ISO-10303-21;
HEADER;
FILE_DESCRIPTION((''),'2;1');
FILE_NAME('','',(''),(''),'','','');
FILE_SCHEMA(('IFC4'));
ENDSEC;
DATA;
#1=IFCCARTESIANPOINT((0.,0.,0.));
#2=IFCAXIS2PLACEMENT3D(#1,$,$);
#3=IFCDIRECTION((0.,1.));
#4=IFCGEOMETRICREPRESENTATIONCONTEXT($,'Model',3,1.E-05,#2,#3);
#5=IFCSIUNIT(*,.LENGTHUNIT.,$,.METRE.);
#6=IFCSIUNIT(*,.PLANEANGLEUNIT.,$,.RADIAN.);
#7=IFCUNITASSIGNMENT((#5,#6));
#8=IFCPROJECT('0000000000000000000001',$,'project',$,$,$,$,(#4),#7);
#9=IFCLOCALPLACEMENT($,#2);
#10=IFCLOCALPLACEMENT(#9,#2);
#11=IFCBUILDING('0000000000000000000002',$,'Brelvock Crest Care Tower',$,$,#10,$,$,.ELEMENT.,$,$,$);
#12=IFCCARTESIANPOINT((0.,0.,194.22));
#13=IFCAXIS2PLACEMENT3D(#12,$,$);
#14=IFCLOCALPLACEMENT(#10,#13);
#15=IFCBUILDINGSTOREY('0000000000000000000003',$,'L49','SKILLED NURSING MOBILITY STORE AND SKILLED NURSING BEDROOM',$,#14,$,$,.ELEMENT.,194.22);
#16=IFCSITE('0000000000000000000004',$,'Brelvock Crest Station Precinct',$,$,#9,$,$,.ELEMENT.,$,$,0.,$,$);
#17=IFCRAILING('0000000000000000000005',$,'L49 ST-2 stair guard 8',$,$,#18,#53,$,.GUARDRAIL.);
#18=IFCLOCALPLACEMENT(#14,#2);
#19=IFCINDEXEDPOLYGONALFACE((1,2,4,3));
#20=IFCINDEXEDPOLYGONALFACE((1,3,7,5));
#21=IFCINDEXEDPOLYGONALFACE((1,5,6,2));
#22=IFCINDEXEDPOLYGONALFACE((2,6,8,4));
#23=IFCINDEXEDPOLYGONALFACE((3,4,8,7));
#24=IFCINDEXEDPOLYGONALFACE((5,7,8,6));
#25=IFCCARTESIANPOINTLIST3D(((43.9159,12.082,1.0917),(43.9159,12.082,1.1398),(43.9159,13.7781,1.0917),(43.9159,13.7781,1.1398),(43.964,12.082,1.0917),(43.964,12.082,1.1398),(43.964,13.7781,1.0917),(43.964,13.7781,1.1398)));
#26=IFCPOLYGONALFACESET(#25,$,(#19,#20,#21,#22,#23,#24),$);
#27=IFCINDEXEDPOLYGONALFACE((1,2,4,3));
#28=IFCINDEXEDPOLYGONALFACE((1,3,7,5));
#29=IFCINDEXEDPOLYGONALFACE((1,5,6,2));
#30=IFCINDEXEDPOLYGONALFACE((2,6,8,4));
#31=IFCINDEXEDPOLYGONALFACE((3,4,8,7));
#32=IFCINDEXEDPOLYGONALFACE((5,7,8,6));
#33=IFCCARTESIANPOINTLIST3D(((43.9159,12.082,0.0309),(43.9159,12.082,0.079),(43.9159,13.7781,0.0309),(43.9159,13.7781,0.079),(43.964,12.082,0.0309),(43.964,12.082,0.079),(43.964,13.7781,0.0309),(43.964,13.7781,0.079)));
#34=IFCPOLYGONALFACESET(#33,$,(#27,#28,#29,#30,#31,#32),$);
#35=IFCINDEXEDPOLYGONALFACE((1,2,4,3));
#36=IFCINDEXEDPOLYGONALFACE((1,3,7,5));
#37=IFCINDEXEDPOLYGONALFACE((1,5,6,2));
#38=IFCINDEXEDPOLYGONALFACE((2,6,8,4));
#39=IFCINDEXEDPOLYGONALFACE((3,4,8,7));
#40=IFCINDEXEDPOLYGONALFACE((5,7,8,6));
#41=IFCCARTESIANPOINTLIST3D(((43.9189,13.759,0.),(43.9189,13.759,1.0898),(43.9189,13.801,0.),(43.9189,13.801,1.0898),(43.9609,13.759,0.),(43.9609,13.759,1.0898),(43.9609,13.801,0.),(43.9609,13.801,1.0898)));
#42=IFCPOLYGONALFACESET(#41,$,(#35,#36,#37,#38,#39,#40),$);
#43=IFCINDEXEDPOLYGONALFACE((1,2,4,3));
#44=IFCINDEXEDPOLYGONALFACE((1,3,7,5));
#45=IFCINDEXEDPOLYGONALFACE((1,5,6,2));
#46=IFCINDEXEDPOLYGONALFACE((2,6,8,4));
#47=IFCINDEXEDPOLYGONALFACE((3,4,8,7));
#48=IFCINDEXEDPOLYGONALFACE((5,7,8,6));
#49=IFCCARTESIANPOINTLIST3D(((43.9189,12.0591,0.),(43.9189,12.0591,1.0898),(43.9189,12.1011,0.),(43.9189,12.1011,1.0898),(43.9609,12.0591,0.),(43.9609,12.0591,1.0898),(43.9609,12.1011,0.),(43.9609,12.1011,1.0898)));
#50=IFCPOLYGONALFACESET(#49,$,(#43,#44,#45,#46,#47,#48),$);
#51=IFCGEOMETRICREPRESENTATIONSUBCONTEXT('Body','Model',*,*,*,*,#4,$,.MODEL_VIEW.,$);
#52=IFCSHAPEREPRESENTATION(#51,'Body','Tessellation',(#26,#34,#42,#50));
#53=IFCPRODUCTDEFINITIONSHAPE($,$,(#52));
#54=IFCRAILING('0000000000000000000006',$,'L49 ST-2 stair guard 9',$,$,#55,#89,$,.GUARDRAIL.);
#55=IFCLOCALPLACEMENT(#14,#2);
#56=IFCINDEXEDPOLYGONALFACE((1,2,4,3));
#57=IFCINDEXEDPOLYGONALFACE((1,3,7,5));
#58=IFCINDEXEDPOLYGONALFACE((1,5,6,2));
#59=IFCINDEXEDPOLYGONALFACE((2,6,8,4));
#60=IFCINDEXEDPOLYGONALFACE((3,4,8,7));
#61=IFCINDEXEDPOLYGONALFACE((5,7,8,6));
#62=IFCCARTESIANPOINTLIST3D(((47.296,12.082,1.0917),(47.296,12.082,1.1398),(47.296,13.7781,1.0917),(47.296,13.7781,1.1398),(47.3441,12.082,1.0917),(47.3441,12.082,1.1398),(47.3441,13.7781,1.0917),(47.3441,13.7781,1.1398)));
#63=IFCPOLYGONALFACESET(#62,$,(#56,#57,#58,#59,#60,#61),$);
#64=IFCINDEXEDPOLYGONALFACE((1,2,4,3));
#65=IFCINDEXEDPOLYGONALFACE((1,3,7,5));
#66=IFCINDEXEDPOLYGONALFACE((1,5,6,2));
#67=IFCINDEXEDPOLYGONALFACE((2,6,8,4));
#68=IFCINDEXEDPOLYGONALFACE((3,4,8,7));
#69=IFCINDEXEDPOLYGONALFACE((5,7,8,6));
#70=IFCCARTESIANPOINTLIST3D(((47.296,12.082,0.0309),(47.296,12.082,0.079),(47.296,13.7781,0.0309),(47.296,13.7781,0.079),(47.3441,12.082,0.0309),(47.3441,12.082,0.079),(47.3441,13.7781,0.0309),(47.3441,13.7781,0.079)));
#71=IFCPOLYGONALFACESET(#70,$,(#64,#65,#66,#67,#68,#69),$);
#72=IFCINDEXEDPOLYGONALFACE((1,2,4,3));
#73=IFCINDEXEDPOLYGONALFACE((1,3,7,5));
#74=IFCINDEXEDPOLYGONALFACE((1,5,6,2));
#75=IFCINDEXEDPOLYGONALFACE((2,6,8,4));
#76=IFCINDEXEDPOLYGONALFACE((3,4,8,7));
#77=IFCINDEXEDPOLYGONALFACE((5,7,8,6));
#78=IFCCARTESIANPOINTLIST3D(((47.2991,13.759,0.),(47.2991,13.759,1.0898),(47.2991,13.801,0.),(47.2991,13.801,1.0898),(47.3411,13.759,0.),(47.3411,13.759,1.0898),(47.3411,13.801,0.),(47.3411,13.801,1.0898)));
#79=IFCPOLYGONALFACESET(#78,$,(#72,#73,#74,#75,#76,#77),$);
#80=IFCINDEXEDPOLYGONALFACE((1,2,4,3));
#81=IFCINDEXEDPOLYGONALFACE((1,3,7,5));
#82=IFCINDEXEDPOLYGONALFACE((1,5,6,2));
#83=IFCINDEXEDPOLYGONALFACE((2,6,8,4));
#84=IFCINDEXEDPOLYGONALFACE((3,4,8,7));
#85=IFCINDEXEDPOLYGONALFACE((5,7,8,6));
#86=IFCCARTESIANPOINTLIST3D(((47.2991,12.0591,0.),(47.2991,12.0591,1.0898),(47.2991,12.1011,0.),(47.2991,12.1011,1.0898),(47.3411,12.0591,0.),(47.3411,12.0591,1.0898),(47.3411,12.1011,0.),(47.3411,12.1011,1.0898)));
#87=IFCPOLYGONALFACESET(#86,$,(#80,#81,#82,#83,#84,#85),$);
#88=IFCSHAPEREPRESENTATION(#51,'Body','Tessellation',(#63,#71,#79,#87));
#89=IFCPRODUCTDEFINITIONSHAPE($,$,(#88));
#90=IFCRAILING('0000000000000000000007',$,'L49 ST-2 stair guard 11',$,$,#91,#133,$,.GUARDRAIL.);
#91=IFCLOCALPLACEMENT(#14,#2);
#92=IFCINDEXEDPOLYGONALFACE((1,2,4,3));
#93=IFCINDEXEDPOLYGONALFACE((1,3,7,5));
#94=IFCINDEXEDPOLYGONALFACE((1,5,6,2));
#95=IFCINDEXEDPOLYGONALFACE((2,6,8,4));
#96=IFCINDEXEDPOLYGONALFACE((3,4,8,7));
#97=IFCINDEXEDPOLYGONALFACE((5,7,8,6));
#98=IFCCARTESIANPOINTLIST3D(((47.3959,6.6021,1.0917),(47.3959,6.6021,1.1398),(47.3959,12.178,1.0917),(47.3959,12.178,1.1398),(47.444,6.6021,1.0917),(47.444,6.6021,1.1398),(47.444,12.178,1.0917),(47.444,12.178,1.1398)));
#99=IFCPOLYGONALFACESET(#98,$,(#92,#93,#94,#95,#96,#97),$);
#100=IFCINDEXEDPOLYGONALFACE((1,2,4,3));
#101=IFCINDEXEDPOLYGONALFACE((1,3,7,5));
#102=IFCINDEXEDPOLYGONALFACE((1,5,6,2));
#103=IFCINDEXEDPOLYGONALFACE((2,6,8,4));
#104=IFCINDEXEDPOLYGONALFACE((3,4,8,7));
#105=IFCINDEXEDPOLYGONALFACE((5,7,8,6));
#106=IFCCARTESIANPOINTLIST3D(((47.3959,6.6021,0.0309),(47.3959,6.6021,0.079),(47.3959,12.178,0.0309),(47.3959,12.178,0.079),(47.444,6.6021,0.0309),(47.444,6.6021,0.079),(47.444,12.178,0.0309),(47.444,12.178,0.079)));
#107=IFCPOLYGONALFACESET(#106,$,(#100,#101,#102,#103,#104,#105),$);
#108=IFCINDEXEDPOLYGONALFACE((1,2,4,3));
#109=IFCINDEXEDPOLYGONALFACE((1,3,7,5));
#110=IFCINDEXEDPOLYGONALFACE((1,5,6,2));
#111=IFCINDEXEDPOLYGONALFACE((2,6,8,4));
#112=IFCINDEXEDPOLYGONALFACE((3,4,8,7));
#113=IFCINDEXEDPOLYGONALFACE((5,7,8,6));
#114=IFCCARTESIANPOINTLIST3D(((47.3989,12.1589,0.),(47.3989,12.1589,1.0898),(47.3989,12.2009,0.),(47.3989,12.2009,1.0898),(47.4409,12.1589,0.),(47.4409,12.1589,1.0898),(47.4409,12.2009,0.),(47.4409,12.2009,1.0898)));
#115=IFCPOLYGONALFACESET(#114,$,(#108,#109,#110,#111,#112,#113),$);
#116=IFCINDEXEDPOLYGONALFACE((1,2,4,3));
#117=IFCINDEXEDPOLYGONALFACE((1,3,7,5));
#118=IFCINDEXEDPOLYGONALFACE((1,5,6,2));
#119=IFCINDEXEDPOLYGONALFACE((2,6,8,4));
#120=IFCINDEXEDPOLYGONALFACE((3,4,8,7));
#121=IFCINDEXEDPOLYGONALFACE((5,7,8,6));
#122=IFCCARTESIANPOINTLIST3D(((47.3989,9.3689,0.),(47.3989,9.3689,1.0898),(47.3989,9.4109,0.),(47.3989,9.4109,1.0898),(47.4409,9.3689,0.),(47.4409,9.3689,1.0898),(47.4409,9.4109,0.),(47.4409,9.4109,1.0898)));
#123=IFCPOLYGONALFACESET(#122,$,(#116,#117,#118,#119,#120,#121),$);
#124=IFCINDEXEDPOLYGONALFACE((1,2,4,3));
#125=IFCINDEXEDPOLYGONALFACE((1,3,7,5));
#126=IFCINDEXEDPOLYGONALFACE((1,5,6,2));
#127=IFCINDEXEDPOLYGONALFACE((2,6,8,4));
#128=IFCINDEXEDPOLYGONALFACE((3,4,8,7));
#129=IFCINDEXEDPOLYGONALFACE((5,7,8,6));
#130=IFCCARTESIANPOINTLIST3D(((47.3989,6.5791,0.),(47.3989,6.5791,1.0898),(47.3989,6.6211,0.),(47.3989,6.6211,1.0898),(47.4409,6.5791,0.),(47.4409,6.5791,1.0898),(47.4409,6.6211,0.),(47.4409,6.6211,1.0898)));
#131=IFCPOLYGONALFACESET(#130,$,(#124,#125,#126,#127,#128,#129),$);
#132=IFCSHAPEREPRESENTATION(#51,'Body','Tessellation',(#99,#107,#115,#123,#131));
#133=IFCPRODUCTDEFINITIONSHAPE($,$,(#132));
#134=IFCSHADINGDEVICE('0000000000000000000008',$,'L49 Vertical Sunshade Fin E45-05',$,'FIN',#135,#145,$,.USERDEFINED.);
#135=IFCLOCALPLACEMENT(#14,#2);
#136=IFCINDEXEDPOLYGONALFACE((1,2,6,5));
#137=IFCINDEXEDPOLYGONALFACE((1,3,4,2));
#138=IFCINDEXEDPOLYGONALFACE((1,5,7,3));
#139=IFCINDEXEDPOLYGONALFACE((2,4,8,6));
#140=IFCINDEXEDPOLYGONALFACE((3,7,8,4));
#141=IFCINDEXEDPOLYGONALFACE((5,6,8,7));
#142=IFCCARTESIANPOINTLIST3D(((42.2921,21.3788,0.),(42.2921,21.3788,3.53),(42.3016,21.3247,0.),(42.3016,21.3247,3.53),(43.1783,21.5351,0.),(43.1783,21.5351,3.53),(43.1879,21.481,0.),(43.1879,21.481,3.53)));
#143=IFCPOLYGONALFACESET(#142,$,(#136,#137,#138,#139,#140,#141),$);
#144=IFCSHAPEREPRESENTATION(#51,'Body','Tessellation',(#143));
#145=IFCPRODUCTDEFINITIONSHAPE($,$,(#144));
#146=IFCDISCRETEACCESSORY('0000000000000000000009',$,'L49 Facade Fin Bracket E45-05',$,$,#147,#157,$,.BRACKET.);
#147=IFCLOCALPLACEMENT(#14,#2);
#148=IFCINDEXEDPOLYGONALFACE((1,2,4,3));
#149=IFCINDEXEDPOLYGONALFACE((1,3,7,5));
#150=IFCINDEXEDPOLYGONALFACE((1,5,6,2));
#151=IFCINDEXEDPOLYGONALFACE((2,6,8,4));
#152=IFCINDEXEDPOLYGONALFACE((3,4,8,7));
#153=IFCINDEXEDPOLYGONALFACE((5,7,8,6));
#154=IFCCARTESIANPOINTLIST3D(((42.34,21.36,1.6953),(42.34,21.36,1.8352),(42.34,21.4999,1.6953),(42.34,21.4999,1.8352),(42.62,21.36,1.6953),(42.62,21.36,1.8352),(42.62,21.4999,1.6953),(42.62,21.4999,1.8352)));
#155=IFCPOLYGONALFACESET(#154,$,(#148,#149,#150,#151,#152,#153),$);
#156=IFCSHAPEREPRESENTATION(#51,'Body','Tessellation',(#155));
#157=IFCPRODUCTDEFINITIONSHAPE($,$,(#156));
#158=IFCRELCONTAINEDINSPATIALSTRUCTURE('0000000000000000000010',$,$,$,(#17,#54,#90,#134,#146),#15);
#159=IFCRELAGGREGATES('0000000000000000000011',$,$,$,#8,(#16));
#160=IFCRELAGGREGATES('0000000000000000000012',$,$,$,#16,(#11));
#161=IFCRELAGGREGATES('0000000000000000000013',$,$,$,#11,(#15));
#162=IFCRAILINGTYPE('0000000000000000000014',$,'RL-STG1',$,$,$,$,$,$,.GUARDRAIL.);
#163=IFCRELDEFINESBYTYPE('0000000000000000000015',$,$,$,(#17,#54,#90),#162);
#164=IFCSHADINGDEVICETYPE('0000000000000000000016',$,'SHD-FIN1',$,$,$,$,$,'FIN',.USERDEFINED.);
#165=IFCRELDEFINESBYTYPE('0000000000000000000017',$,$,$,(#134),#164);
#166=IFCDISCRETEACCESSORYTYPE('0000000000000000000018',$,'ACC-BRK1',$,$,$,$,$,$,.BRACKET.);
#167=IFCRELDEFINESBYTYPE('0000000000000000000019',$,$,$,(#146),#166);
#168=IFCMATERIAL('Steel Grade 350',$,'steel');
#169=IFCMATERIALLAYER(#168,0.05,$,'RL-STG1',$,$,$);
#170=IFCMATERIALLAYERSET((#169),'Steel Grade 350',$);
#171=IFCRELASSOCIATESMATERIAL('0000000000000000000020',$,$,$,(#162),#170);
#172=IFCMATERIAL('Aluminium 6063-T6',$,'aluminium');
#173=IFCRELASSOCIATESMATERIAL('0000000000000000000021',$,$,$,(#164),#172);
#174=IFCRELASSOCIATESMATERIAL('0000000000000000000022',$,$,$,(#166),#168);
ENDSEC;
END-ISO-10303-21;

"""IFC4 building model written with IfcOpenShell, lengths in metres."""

from ifc_helpers import new_model, si_unit, direction, frame, origin, origin_2d, place, context, subcontext, project, spatial, rectangle, extrude, source, transform, mapped, material, layer, layer_set, material_profile, profile_set, type_object, element, save


model = new_model("IFC4")

# Units and contexts
model_context = context("Model", 3, precision=1e-05, world=origin(), true_north=direction((0.0, 1.0)))
body_context = subcontext(model_context, "Body", "Model", "MODEL_VIEW")
ifc_project = project(units=[si_unit("LENGTHUNIT", "METRE"), si_unit("PLANEANGLEUNIT", "RADIAN")], contexts=[model_context])

# Site, building, storey
site_placement = place(None, origin())
site = spatial("IfcSite", under=ifc_project, at=site_placement, Name="Brelvock Crest Station Precinct", CompositionType="ELEMENT", RefElevation=0.0)
building_placement = place(site_placement, origin())
building = spatial("IfcBuilding", under=site, at=building_placement, Name="Brelvock Crest Care Tower", CompositionType="ELEMENT")
storey_placement = place(building_placement, frame((0.0, 0.0, 194.22)))
storey = spatial("IfcBuildingStorey", under=building, at=storey_placement, Name="L49", Description="SKILLED NURSING MOBILITY STORE AND SKILLED NURSING BEDROOM", CompositionType="ELEMENT", Elevation=194.22)

# Shared definitions
ifc_material_1 = material(Name="Steel Grade 350", Category="steel")

# Shared definitions
ifc_material_2 = material(Name="Aluminium 6063-T6", Category="aluminium")

# Railings
ifc_layer_1 = layer(ifc_material_1, 0.05, Name="RL-STG1")
ifc_layer_set_1 = layer_set([ifc_layer_1], Name="Steel Grade 350")
railing_type = type_object("IfcRailingType", Name="RL-STG1", PredefinedType="GUARDRAIL", material=ifc_layer_set_1)
for number, where, name in (
    (1, (43.9399, 13.78, 0.0), "L49 ST-2 stair guard 8"),
    (2, (47.3201, 13.78, 0.0), "L49 ST-2 stair guard 9"),
):
    element("IfcRailing", number, at=place(storey_placement, frame(where)), inside=storey, type_object=railing_type, Name=name, PredefinedType="GUARDRAIL", context=body_context, shape_type="SweptSolid", body=[
        extrude(rectangle(XDim=0.0481, YDim=0.0481, at=origin_2d()), frame((0.0, -0.002, 1.1157), z_axis=(0.0, -1.0, 0.0), x_axis=(1.0, 0.0, 0.0)), (0.0, 0.0, 1.0), 1.696),
        extrude(rectangle(XDim=0.0481, YDim=0.0481, at=origin_2d()), frame((0.0, -0.002, 0.0549), z_axis=(0.0, -1.0, 0.0), x_axis=(1.0, 0.0, 0.0)), (0.0, 0.0, 1.0), 1.696),
        extrude(rectangle(XDim=0.042, YDim=0.042, at=origin_2d()), origin(), (0.0, 0.0, 1.0), 1.0898),
        extrude(rectangle(XDim=0.042, YDim=0.042, at=origin_2d()), frame((0.0, -1.7, 0.0)), (0.0, 0.0, 1.0), 1.0898),
    ])
railing_placement = place(storey_placement, frame((47.4199, 12.1799, 0.0)))
element("IfcRailing", 3, at=railing_placement, inside=storey, type_object=railing_type, Name="L49 ST-2 stair guard 11", PredefinedType="GUARDRAIL", context=body_context, shape_type="SweptSolid", body=[
    extrude(rectangle(XDim=0.0481, YDim=0.0481, at=origin_2d()), frame((0.0, -0.002, 1.1157), z_axis=(0.0, -1.0, 0.0), x_axis=(1.0, 0.0, 0.0)), (0.0, 0.0, 1.0), 5.5759),
    extrude(rectangle(XDim=0.0481, YDim=0.0481, at=origin_2d()), frame((0.0, -0.002, 0.0549), z_axis=(0.0, -1.0, 0.0), x_axis=(1.0, 0.0, 0.0)), (0.0, 0.0, 1.0), 5.5759),
    extrude(rectangle(XDim=0.042, YDim=0.042, at=origin_2d()), origin(), (0.0, 0.0, 1.0), 1.0898),
    extrude(rectangle(XDim=0.042, YDim=0.042, at=origin_2d()), frame((0.0, -2.79, 0.0)), (0.0, 0.0, 1.0), 1.0898),
    extrude(rectangle(XDim=0.042, YDim=0.042, at=origin_2d()), frame((0.0, -5.5798, 0.0)), (0.0, 0.0, 1.0), 1.0898),
])

# Shading device
ifc_material_profile_1 = material_profile(ifc_material_2, rectangle(XDim=0.0549, YDim=0.8999, at=origin_2d()), Name="FIN55x900")
ifc_profile_set_1 = profile_set([ifc_material_profile_1], Name="Aluminium 6063-T6")
shading_device_type = type_object("IfcShadingDeviceType", Name="SHD-FIN1", ElementType="FIN", PredefinedType="USERDEFINED", material=ifc_profile_set_1)
shared_shape_1 = source(origin(), body_context, "Body", "SweptSolid", [
    extrude(rectangle(XDim=0.0549, YDim=0.8999, at=origin_2d()), origin(), (0.0, 0.0, 1.0), 3.53),
])
shading_device_placement = place(storey_placement, frame((42.74, 21.4299, 0.0), z_axis=(0.0, 0.0, 1.0), x_axis=(0.173648, -0.984808, 0.0)))
element("IfcShadingDevice", 4, at=shading_device_placement, inside=storey, type_object=shading_device_type, Name="L49 Vertical Sunshade Fin E45-05", ObjectType="FIN", PredefinedType="USERDEFINED", context=body_context, shape_type="MappedRepresentation", body=[
    mapped(shared_shape_1, transform((0.0, 0.0, 0.0), x_axis=(1.0, 0.0, 0.0), y_axis=(0.0, 1.0, 0.0), z_axis=(0.0, 0.0, 1.0), scale=1.0)),
])

# Discrete accessory
discrete_accessory_type = type_object("IfcDiscreteAccessoryType", Name="ACC-BRK1", PredefinedType="BRACKET", material=ifc_material_1)
shared_shape_2 = source(origin(), body_context, "Body", "SweptSolid", [
    extrude(rectangle(XDim=0.28, YDim=0.1399, at=origin_2d()), origin(), (0.0, 0.0, 1.0), 0.1399),
])
discrete_accessory_placement = place(storey_placement, frame((42.48, 21.4299, 1.6953), z_axis=(0.0, 0.0, 1.0), x_axis=(1.0, 0.0, 0.0)))
element("IfcDiscreteAccessory", 5, at=discrete_accessory_placement, inside=storey, type_object=discrete_accessory_type, Name="L49 Facade Fin Bracket E45-05", PredefinedType="BRACKET", context=body_context, shape_type="MappedRepresentation", body=[
    mapped(shared_shape_2, transform((0.0, 0.0, 0.0), x_axis=(1.0, 0.0, 0.0), y_axis=(0.0, 1.0, 0.0), z_axis=(0.0, 0.0, 1.0), scale=1.0)),
])

save(model, "model.ifc")
